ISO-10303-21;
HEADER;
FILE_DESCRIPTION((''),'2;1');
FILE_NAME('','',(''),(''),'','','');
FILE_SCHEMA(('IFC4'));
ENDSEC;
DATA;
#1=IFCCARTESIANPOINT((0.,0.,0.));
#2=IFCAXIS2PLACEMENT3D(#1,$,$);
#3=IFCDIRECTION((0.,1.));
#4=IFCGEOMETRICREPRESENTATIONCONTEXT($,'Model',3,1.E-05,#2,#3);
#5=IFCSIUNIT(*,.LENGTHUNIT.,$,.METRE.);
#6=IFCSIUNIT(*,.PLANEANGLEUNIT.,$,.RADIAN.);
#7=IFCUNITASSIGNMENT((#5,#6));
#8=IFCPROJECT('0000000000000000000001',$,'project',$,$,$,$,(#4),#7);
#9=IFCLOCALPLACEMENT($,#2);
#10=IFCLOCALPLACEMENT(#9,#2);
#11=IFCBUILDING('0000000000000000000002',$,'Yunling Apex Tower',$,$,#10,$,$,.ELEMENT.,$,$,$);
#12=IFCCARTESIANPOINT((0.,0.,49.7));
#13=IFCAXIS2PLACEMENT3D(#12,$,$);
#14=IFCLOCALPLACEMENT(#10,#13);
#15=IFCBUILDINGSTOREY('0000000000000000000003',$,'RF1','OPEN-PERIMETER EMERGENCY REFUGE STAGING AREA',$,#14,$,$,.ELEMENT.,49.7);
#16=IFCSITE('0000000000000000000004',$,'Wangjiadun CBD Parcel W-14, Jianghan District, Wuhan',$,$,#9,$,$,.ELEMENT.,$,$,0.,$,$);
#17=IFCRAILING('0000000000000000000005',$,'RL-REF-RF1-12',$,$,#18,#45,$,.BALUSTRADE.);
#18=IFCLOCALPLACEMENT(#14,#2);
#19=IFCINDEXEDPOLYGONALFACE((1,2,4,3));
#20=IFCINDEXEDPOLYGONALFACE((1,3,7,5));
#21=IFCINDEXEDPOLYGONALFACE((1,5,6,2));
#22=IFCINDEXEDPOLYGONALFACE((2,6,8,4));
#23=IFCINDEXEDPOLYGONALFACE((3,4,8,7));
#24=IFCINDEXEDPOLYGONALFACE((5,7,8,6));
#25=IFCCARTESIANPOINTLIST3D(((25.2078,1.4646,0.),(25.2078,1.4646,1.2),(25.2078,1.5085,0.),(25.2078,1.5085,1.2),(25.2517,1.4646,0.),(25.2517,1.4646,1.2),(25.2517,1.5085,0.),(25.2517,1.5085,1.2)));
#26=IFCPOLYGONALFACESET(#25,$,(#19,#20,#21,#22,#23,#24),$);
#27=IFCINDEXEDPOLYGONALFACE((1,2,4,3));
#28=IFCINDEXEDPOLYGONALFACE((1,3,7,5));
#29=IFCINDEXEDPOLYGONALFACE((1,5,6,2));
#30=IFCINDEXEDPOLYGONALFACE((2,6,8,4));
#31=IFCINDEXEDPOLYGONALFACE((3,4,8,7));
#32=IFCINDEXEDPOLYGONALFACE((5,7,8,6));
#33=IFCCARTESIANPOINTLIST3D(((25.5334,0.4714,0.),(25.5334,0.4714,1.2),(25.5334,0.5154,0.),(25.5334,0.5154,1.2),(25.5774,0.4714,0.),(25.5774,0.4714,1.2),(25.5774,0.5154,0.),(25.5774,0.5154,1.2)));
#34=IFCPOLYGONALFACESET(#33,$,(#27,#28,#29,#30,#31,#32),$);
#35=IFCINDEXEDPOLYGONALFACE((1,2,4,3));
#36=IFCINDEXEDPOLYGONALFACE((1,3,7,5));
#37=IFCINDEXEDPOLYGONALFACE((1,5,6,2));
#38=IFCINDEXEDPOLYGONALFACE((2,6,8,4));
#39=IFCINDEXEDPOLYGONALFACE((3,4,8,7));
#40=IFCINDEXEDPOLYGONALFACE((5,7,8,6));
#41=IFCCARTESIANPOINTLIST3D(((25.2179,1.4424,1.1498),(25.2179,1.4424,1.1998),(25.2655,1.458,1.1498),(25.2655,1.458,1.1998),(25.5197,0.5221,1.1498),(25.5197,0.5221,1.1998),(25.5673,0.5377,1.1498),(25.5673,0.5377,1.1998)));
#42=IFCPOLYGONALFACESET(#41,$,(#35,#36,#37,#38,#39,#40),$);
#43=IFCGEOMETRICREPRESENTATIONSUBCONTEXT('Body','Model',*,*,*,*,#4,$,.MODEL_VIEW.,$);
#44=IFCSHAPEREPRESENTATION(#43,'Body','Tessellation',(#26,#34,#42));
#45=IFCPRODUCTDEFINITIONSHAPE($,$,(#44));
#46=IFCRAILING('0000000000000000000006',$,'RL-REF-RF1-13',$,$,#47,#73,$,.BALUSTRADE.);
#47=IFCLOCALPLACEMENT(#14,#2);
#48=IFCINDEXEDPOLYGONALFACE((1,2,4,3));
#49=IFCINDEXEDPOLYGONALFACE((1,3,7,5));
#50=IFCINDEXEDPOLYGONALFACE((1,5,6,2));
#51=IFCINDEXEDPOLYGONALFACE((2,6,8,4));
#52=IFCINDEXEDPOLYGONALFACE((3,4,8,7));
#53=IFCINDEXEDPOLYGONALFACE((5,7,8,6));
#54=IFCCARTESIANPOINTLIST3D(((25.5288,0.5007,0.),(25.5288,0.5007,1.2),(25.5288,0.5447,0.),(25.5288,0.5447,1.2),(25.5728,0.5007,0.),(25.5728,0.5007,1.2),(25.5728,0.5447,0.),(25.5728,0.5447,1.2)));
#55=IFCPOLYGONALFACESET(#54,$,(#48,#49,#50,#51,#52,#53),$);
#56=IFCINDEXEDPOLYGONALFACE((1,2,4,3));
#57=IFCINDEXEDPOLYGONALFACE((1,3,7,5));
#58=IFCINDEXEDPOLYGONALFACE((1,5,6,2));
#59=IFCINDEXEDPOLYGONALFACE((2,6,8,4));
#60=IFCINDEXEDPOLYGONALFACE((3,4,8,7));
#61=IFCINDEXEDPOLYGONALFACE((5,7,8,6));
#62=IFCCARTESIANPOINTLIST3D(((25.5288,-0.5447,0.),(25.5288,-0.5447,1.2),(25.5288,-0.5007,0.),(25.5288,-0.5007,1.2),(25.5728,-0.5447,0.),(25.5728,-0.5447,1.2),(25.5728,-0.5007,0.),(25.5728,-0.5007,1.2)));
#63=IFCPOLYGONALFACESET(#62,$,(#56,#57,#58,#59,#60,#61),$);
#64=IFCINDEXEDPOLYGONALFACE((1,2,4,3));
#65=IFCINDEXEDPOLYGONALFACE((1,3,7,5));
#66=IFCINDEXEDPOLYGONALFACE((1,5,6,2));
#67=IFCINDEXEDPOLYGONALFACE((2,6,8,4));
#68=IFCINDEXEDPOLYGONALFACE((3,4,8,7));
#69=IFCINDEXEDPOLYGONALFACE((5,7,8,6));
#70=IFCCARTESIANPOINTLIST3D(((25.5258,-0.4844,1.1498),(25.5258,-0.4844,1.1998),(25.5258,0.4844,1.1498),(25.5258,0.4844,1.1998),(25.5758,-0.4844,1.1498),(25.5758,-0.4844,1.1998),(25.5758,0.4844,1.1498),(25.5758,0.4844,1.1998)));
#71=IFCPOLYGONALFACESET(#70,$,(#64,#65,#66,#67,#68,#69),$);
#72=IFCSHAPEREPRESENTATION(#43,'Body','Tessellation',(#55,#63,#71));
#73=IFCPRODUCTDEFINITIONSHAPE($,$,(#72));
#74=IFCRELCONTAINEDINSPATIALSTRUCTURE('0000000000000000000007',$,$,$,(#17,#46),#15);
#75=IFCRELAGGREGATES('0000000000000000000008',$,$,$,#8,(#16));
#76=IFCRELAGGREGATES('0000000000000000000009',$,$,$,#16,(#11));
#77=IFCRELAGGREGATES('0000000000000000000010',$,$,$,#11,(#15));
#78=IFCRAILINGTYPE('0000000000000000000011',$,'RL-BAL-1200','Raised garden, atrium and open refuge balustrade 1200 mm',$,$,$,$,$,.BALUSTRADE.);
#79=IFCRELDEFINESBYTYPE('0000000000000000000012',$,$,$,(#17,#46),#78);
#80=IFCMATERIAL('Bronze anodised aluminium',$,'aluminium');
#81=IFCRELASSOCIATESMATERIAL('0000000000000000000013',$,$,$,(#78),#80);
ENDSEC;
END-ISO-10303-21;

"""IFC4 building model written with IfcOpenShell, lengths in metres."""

from ifc_helpers import new_model, si_unit, direction, frame, origin, origin_2d, place, context, subcontext, project, spatial, rectangle, extrude, material, type_object, element, save


model = new_model("IFC4")

# Units and contexts
model_context = context("Model", 3, precision=1e-05, world=origin(), true_north=direction((0.0, 1.0)))
body_context = subcontext(model_context, "Body", "Model", "MODEL_VIEW")
ifc_project = project(units=[si_unit("LENGTHUNIT", "METRE"), si_unit("PLANEANGLEUNIT", "RADIAN")], contexts=[model_context])

# Site, building, storey
site_placement = place(None, origin())
site = spatial("IfcSite", under=ifc_project, at=site_placement, Name="Wangjiadun CBD Parcel W-14, Jianghan District, Wuhan", CompositionType="ELEMENT", RefElevation=0.0)
building_placement = place(site_placement, origin())
building = spatial("IfcBuilding", under=site, at=building_placement, Name="Yunling Apex Tower", CompositionType="ELEMENT")
storey_placement = place(building_placement, frame((0.0, 0.0, 49.7)))
storey = spatial("IfcBuildingStorey", under=building, at=storey_placement, Name="RF1", Description="OPEN-PERIMETER EMERGENCY REFUGE STAGING AREA", CompositionType="ELEMENT", Elevation=49.7)

# Railings
ifc_material_1 = material(Name="Bronze anodised aluminium", Category="aluminium")
railing_type = type_object("IfcRailingType", Name="RL-BAL-1200", Description="Raised garden, atrium and open refuge balustrade 1200 mm", PredefinedType="BALUSTRADE", material=ifc_material_1)
railing_1_placement = place(storey_placement, frame((25.2297, 1.4866, 0.0)))
element("IfcRailing", 1, at=railing_1_placement, inside=storey, type_object=railing_type, Name="RL-REF-RF1-12", PredefinedType="BALUSTRADE", context=body_context, shape_type="SweptSolid", body=[
    extrude(rectangle(XDim=0.0439, YDim=0.0439, at=origin_2d()), origin(), (0.0, 0.0, 1.0), 1.2),
    extrude(rectangle(XDim=0.0439, YDim=0.0439, at=origin_2d()), frame((0.3257, -0.9932, 0.0)), (0.0, 0.0, 1.0), 1.2),
    extrude(rectangle(XDim=0.05, YDim=0.05, at=origin_2d()), frame((0.012, -0.0364, 1.1748), z_axis=(0.311599, -0.950214, 0.0), x_axis=(0.950214, 0.311599, 0.0)), (0.0, 0.0, 1.0), 0.9685),
])
railing_2_placement = place(storey_placement, frame((25.5508, 0.5227, 0.0)))
element("IfcRailing", 2, at=railing_2_placement, inside=storey, type_object=railing_type, Name="RL-REF-RF1-13", PredefinedType="BALUSTRADE", context=body_context, shape_type="SweptSolid", body=[
    extrude(rectangle(XDim=0.0439, YDim=0.0439, at=origin_2d()), origin(), (0.0, 0.0, 1.0), 1.2),
    extrude(rectangle(XDim=0.0439, YDim=0.0439, at=origin_2d()), frame((0.0, -1.0454, 0.0)), (0.0, 0.0, 1.0), 1.2),
    extrude(rectangle(XDim=0.05, YDim=0.05, at=origin_2d()), frame((0.0, -0.0383, 1.1748), z_axis=(0.0, -1.0, 0.0), x_axis=(1.0, 0.0, 0.0)), (0.0, 0.0, 1.0), 0.9688),
])

save(model, "model.ifc")
